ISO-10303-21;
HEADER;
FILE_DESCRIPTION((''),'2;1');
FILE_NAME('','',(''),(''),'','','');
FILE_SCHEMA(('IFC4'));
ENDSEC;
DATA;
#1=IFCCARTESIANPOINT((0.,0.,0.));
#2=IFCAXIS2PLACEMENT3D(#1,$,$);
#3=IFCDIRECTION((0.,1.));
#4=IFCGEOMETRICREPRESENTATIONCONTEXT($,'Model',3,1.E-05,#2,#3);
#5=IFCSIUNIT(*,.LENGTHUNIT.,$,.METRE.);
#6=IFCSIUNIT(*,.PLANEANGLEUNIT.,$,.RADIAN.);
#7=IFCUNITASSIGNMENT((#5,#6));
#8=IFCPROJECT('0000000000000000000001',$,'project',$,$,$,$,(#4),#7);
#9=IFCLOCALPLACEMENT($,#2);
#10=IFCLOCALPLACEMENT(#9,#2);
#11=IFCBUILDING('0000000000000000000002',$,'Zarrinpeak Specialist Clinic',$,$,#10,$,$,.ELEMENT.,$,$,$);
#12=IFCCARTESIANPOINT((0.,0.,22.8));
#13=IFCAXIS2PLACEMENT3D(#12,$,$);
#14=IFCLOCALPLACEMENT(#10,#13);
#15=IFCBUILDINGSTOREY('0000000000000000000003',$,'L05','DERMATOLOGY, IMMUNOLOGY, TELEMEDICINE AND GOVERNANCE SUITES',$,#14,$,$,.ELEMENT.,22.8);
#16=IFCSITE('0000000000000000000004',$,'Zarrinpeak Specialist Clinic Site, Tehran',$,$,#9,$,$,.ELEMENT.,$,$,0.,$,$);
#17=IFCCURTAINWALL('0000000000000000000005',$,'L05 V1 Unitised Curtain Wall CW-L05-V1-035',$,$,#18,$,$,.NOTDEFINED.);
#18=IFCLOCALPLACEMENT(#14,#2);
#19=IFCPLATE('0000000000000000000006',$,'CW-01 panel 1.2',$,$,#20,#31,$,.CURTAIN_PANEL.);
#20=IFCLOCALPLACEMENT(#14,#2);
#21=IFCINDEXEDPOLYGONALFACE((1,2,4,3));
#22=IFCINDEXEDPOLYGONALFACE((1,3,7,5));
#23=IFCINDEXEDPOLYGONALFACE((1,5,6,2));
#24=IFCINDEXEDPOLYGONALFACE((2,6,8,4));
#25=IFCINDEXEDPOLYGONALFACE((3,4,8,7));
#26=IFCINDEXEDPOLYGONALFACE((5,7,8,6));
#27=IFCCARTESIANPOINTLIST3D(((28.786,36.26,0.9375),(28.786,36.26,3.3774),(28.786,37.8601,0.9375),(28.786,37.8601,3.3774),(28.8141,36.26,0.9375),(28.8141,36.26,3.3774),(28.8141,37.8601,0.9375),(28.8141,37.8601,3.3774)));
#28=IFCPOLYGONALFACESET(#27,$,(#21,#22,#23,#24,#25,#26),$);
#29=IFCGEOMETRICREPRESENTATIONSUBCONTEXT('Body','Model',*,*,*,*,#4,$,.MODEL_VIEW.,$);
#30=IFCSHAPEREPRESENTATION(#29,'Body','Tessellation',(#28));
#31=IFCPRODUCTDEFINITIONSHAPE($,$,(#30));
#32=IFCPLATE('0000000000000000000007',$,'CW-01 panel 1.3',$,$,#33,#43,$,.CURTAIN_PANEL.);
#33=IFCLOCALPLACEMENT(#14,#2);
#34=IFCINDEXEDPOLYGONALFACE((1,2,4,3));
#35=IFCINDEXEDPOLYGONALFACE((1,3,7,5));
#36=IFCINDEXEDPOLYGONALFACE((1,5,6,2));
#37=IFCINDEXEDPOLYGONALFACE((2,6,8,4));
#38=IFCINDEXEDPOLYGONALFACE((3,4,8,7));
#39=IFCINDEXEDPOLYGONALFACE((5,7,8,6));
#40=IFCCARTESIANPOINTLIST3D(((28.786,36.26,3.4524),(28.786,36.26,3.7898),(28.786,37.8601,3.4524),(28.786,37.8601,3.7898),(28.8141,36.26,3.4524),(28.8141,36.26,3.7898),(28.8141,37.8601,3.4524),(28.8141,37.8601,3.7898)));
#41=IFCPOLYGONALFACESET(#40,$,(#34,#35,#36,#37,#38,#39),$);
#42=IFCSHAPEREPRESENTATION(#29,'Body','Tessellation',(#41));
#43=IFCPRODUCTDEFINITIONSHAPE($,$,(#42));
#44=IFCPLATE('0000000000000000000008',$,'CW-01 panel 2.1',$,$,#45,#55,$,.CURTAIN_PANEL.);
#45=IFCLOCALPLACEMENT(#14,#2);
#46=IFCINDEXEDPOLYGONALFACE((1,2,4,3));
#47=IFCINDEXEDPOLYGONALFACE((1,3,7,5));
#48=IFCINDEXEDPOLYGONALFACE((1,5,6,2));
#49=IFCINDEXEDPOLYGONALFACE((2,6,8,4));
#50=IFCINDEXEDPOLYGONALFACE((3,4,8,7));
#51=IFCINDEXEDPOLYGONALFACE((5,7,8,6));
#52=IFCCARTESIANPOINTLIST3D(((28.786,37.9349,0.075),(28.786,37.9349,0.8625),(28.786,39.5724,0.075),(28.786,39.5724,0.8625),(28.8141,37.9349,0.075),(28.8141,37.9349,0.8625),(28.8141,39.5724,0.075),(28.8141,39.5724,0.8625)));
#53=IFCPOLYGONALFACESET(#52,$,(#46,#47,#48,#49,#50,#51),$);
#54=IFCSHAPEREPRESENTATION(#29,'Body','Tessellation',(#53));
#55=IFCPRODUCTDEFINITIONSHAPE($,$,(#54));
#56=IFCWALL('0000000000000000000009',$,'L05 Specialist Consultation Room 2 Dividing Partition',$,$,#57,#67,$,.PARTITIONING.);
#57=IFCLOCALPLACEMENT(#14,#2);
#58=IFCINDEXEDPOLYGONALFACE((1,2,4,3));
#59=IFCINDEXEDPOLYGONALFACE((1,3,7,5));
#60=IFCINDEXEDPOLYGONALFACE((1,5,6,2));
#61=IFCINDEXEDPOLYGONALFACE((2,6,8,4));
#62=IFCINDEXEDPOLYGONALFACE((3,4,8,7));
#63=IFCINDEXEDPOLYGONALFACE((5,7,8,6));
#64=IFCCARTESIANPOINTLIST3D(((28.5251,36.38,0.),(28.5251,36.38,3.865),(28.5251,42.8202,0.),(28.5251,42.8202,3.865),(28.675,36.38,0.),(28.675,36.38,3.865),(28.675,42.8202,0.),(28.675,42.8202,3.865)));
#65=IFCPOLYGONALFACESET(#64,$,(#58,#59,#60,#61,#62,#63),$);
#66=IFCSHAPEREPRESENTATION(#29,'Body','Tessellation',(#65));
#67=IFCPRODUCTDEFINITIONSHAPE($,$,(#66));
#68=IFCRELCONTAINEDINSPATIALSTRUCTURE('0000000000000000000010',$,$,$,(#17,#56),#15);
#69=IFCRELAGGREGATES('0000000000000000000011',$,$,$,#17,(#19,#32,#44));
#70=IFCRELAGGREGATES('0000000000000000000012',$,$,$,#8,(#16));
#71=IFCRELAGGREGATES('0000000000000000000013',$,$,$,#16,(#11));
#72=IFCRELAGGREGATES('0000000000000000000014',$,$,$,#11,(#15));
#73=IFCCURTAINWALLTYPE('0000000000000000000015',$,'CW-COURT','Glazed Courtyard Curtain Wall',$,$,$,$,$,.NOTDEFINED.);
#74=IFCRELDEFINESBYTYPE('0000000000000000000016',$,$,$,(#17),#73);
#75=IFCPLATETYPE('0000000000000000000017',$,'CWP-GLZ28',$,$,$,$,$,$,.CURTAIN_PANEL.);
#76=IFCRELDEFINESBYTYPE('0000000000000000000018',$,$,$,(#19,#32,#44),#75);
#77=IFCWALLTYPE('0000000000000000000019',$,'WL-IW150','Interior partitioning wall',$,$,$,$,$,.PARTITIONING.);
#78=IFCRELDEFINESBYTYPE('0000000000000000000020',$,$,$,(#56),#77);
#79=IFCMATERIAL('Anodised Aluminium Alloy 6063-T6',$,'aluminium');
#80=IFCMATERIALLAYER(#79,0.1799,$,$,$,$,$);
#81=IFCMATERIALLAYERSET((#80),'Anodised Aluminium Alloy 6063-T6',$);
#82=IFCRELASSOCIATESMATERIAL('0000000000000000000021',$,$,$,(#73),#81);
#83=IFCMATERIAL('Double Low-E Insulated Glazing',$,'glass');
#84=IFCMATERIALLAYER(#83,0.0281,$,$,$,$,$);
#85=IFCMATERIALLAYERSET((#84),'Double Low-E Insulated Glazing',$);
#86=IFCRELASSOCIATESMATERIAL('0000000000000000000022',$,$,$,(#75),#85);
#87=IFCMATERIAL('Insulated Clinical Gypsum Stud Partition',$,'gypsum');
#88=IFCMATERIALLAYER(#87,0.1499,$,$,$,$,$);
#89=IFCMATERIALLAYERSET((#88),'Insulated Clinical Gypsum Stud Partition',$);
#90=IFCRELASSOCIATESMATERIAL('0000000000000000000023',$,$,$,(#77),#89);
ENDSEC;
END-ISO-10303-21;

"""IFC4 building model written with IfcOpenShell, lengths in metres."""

from ifc_helpers import new_model, si_unit, direction, frame, frame_2d, origin, origin_2d, place, context, subcontext, project, spatial, rectangle, extrude, material, layer, layer_set, type_object, element, aggregate, save


model = new_model("IFC4")

# Units and contexts
model_context = context("Model", 3, precision=1e-05, world=origin(), true_north=direction((0.0, 1.0)))
body_context = subcontext(model_context, "Body", "Model", "MODEL_VIEW")
ifc_project = project(units=[si_unit("LENGTHUNIT", "METRE"), si_unit("PLANEANGLEUNIT", "RADIAN")], contexts=[model_context])

# Site, building, storey
site_placement = place(None, origin())
site = spatial("IfcSite", under=ifc_project, at=site_placement, Name="Zarrinpeak Specialist Clinic Site, Tehran", CompositionType="ELEMENT", RefElevation=0.0)
building_placement = place(site_placement, origin())
building = spatial("IfcBuilding", under=site, at=building_placement, Name="Zarrinpeak Specialist Clinic", CompositionType="ELEMENT")
storey_placement = place(building_placement, frame((0.0, 0.0, 22.8)))
storey = spatial("IfcBuildingStorey", under=building, at=storey_placement, Name="L05", Description="DERMATOLOGY, IMMUNOLOGY, TELEMEDICINE AND GOVERNANCE SUITES", CompositionType="ELEMENT", Elevation=22.8)

# Shared definitions
ifc_material_1 = material(Name="Anodised Aluminium Alloy 6063-T6", Category="aluminium")
ifc_layer_1 = layer(ifc_material_1, 0.1799)
ifc_layer_set_1 = layer_set([ifc_layer_1], Name="Anodised Aluminium Alloy 6063-T6")
curtain_wall_type = type_object("IfcCurtainWallType", Name="CW-COURT", Description="Glazed Courtyard Curtain Wall", PredefinedType="NOTDEFINED", material=ifc_layer_set_1)

# Curtain wall
curtain_wall_1_placement = place(storey_placement, origin())
curtain_wall_1 = element("IfcCurtainWall", 1, at=curtain_wall_1_placement, inside=storey, type_object=curtain_wall_type, Name="L05 V1 Unitised Curtain Wall CW-L05-V1-035", PredefinedType="NOTDEFINED")

# Plates
ifc_material_2 = material(Name="Double Low-E Insulated Glazing", Category="glass")
ifc_layer_2 = layer(ifc_material_2, 0.0281)
ifc_layer_set_2 = layer_set([ifc_layer_2], Name="Double Low-E Insulated Glazing")
plate_type = type_object("IfcPlateType", Name="CWP-GLZ28", PredefinedType="CURTAIN_PANEL", material=ifc_layer_set_2)
plate_1_placement = place(storey_placement, frame((28.8, 37.0601, 0.9375), z_axis=(0.0, 0.0, 1.0), x_axis=(0.0, 1.0, 0.0)))
plate_1 = element("IfcPlate", 2, at=plate_1_placement, type_object=plate_type, Name="CW-01 panel 1.2", PredefinedType="CURTAIN_PANEL", context=body_context, shape_type="SweptSolid", body=[
    extrude(rectangle(XDim=1.6001, YDim=0.0281, at=origin_2d()), origin(), (0.0, 0.0, 1.0), 2.4399),
])
plate_2_placement = place(storey_placement, frame((28.8, 37.0601, 3.4524), z_axis=(0.0, 0.0, 1.0), x_axis=(0.0, 1.0, 0.0)))
plate_2 = element("IfcPlate", 3, at=plate_2_placement, type_object=plate_type, Name="CW-01 panel 1.3", PredefinedType="CURTAIN_PANEL", context=body_context, shape_type="SweptSolid", body=[
    extrude(rectangle(XDim=1.6001, YDim=0.0281, at=origin_2d()), origin(), (0.0, 0.0, 1.0), 0.3374),
])
plate_3_placement = place(storey_placement, frame((28.8, 38.7537, 0.075), z_axis=(0.0, 0.0, 1.0), x_axis=(0.0, 1.0, 0.0)))
plate_3 = element("IfcPlate", 4, at=plate_3_placement, type_object=plate_type, Name="CW-01 panel 2.1", PredefinedType="CURTAIN_PANEL", context=body_context, shape_type="SweptSolid", body=[
    extrude(rectangle(XDim=1.6375, YDim=0.0281, at=origin_2d()), origin(), (0.0, 0.0, 1.0), 0.7876),
])
aggregate(curtain_wall_1, [plate_1, plate_2, plate_3])

# Wall
ifc_material_3 = material(Name="Insulated Clinical Gypsum Stud Partition", Category="gypsum")
ifc_layer_3 = layer(ifc_material_3, 0.1499)
ifc_layer_set_3 = layer_set([ifc_layer_3], Name="Insulated Clinical Gypsum Stud Partition")
wall_type = type_object("IfcWallType", Name="WL-IW150", Description="Interior partitioning wall", PredefinedType="PARTITIONING", material=ifc_layer_set_3)
wall_placement = place(storey_placement, frame((28.6001, 36.3799, 0.0), z_axis=(0.0, 0.0, 1.0), x_axis=(0.0, 1.0, 0.0)))
element("IfcWall", 5, at=wall_placement, inside=storey, type_object=wall_type, Name="L05 Specialist Consultation Room 2 Dividing Partition", PredefinedType="PARTITIONING", context=body_context, shape_type="SweptSolid", body=[
    extrude(rectangle(XDim=6.4402, YDim=0.1499, at=frame_2d((3.2202, 0.0))), origin(), (0.0, 0.0, 1.0), 3.865),
])

save(model, "model.ifc")
